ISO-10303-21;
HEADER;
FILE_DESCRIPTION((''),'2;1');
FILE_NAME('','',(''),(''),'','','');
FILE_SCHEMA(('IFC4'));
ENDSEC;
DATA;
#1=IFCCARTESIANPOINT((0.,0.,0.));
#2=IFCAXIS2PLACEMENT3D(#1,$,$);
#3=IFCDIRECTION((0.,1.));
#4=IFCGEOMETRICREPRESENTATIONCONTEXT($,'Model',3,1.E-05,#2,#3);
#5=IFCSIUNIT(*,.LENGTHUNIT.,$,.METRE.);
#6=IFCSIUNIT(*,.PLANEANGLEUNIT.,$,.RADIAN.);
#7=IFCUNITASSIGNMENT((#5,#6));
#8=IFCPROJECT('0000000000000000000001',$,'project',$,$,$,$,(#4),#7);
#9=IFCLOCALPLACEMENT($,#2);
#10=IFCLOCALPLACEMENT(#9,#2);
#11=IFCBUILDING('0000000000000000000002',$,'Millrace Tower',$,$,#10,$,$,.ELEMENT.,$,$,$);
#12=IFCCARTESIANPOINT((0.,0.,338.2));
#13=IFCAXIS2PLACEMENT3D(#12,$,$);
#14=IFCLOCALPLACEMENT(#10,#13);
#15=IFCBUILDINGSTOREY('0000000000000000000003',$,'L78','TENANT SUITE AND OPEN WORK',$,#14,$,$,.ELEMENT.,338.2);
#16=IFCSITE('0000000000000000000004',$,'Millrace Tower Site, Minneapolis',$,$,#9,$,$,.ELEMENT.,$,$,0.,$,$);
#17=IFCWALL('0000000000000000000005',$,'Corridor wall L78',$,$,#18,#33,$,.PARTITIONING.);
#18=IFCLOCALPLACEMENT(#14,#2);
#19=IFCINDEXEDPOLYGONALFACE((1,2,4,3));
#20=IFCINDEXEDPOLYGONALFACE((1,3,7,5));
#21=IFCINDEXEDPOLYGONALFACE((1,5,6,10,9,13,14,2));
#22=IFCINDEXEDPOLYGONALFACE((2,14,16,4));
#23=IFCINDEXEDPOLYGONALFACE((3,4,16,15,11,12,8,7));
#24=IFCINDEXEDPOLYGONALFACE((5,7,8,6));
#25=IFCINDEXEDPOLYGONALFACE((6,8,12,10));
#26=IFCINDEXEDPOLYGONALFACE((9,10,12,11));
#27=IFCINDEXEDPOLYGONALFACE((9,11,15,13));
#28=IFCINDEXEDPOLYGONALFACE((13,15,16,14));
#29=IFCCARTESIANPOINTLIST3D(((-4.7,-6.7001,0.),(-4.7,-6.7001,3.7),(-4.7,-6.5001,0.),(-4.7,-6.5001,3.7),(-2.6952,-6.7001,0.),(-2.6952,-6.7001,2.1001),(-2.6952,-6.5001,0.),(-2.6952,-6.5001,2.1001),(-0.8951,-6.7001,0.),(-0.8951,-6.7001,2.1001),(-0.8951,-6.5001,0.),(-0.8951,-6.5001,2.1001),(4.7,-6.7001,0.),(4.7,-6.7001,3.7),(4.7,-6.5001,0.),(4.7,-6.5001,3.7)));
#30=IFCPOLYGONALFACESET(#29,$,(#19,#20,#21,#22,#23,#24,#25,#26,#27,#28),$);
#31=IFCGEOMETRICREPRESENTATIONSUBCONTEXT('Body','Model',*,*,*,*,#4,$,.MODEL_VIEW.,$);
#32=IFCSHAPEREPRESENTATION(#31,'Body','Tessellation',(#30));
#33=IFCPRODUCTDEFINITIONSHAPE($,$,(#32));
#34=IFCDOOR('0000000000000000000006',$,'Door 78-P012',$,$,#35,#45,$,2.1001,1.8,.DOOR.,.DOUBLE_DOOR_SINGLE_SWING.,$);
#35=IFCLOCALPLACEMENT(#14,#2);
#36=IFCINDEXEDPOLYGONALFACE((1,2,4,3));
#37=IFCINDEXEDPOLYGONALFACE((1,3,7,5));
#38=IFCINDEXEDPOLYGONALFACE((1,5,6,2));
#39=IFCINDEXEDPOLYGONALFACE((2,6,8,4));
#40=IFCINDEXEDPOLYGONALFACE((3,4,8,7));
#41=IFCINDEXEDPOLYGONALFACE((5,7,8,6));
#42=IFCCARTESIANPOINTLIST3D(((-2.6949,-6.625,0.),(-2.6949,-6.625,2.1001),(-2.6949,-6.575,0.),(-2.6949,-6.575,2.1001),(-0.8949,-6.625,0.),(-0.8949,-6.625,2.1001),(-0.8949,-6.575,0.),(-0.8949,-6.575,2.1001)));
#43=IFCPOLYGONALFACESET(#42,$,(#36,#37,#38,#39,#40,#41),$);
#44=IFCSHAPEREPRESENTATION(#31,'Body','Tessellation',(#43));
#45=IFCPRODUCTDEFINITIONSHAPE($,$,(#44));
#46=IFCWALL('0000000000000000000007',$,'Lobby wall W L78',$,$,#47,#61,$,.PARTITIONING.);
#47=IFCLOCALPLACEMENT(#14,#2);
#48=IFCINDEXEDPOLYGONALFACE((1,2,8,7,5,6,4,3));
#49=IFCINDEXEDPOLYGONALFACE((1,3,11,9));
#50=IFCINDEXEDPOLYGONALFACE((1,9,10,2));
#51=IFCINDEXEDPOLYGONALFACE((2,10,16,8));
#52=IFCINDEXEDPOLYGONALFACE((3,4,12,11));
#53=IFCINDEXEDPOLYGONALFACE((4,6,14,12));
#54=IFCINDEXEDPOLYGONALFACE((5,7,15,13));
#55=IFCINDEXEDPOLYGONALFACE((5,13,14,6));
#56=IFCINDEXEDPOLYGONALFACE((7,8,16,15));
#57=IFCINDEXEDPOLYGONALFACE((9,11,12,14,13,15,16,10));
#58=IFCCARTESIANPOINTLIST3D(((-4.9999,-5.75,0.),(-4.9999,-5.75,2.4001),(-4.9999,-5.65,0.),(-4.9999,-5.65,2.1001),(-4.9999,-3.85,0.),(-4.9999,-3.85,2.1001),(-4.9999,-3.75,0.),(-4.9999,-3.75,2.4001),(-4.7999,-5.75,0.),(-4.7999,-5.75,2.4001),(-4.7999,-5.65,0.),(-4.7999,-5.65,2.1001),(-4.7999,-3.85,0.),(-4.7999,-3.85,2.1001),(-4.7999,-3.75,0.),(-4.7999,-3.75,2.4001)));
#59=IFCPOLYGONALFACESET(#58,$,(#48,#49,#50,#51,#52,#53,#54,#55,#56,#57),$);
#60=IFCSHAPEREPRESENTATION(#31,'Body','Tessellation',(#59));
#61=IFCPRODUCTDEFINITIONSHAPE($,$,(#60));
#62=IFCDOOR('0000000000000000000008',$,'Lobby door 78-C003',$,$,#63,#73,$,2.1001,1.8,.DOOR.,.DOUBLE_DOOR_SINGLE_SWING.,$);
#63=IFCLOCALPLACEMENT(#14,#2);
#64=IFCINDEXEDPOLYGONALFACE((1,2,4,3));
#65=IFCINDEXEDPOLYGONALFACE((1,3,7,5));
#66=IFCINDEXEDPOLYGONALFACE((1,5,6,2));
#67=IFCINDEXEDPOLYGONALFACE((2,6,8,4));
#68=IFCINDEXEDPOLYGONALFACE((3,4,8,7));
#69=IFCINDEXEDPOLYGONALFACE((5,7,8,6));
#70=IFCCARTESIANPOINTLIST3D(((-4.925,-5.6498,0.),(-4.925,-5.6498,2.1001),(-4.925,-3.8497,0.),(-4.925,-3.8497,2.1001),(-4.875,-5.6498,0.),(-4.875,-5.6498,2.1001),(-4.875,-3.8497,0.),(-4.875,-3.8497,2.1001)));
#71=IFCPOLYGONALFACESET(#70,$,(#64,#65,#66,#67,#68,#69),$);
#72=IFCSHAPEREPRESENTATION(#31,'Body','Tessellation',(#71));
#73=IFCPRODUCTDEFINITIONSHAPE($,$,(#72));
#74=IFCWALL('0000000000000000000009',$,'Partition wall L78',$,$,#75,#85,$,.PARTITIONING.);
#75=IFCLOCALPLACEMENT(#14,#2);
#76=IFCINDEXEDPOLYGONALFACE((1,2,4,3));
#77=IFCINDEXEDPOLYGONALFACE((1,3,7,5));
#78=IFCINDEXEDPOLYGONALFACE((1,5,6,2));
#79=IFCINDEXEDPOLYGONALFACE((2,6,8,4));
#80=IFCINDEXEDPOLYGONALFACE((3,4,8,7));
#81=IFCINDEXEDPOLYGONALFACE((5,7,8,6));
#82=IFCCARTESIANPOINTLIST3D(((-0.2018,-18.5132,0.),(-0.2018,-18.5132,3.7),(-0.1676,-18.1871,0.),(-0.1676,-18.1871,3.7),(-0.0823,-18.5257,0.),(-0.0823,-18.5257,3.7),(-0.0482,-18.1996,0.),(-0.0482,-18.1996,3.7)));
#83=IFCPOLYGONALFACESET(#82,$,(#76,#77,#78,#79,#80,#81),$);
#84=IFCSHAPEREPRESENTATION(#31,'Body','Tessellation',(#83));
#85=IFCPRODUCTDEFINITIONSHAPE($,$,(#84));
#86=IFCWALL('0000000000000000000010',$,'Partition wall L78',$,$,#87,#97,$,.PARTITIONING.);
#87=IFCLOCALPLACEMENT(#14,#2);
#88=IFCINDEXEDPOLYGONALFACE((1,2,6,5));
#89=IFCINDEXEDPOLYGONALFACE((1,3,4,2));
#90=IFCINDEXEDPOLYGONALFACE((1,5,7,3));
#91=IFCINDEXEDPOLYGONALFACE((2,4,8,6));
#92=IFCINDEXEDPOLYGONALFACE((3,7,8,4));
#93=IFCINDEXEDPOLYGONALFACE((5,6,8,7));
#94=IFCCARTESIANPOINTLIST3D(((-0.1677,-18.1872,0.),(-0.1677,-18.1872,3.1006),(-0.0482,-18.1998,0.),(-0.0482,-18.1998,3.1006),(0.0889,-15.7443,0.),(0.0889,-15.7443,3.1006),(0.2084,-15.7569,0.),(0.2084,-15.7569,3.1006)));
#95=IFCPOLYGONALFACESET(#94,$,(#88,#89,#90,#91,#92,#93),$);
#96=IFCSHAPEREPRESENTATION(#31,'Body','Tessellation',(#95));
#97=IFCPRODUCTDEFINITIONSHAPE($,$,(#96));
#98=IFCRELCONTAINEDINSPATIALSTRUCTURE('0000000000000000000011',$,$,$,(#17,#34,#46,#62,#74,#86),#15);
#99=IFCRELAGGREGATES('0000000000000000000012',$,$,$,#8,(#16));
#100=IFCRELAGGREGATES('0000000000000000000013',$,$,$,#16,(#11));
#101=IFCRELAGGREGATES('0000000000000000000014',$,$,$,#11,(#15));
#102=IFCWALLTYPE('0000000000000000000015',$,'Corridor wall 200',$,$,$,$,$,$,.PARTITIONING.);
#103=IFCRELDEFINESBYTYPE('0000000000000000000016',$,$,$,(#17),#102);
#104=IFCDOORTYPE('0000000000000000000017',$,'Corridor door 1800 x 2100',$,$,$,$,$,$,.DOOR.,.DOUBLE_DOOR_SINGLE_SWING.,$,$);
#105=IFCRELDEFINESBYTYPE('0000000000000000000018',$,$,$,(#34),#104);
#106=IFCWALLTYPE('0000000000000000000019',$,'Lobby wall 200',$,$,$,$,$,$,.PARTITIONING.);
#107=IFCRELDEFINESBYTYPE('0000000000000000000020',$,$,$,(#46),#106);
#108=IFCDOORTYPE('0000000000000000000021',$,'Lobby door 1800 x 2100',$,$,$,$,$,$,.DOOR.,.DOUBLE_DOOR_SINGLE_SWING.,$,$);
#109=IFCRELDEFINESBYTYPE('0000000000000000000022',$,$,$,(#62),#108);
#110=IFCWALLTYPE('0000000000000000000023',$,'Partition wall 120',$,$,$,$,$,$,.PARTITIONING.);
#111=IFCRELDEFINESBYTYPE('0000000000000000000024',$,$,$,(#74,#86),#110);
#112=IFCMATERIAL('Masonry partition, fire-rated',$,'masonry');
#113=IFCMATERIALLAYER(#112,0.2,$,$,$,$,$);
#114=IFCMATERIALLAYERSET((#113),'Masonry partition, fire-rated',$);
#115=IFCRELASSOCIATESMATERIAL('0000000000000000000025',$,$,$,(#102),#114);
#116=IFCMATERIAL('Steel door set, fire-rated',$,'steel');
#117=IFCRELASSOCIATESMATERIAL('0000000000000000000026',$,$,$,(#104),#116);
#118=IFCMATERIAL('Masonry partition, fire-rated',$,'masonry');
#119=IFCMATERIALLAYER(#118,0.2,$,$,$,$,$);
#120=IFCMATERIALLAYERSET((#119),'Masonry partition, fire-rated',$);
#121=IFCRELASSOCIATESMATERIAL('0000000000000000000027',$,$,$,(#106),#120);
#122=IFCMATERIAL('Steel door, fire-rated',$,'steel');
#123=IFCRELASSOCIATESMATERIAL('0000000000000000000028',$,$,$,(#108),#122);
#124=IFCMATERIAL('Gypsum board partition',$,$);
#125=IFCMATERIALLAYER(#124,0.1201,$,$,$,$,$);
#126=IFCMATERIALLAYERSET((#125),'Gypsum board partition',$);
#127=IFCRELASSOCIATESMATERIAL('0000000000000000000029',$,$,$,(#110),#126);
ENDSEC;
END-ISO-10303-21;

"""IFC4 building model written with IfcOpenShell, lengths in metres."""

from ifc_helpers import new_model, si_unit, direction, frame, frame_2d, origin, place, context, subcontext, project, spatial, rectangle, extrude, material, layer, layer_set, type_object, element, fill, save


model = new_model("IFC4")

# Units and contexts
model_context = context("Model", 3, precision=1e-05, world=origin(), true_north=direction((0.0, 1.0)))
body_context = subcontext(model_context, "Body", "Model", "MODEL_VIEW")
ifc_project = project(units=[si_unit("LENGTHUNIT", "METRE"), si_unit("PLANEANGLEUNIT", "RADIAN")], contexts=[model_context])

# Site, building, storey
site_placement = place(None, origin())
site = spatial("IfcSite", under=ifc_project, at=site_placement, Name="Millrace Tower Site, Minneapolis", CompositionType="ELEMENT", RefElevation=0.0)
building_placement = place(site_placement, origin())
building = spatial("IfcBuilding", under=site, at=building_placement, Name="Millrace Tower", CompositionType="ELEMENT")
storey_placement = place(building_placement, frame((0.0, 0.0, 338.2)))
storey = spatial("IfcBuildingStorey", under=building, at=storey_placement, Name="L78", Description="TENANT SUITE AND OPEN WORK", CompositionType="ELEMENT", Elevation=338.2)

# Walls, openings, doors
ifc_material_1 = material(Name="Masonry partition, fire-rated", Category="masonry")
ifc_layer_1 = layer(ifc_material_1, 0.2)
ifc_layer_set_1 = layer_set([ifc_layer_1], Name="Masonry partition, fire-rated")
wall_type_1 = type_object("IfcWallType", Name="Corridor wall 200", PredefinedType="PARTITIONING", material=ifc_layer_set_1)
wall_1_placement = place(storey_placement, frame((-4.7, -6.6001, 0.0), z_axis=(0.0, 0.0, 1.0), x_axis=(1.0, 0.0, 0.0)))
wall_1 = element("IfcWall", 1, at=wall_1_placement, inside=storey, type_object=wall_type_1, Name="Corridor wall L78", PredefinedType="PARTITIONING", context=body_context, shape_type="SweptSolid", body=[
    extrude(rectangle(XDim=9.3999, YDim=0.2, at=frame_2d((4.7, 0.0))), origin(), (0.0, 0.0, 1.0), 3.7),
])
opening_1_placement = place(wall_1_placement, frame((2.0049, 0.0, 0.0)))
opening_1 = element("IfcOpeningElement", 2, at=opening_1_placement, cuts=wall_1, PredefinedType="OPENING", context=body_context, shape_type="SweptSolid", body=[
    extrude(rectangle(XDim=1.8, YDim=2.1001, at=frame_2d((0.8999, 1.05))), frame((0.0, 0.1099, 0.0), z_axis=(0.0, -1.0, 0.0), x_axis=(1.0, 0.0, 0.0)), (0.0, 0.0, 1.0), 0.22),
])
ifc_material_2 = material(Name="Steel door set, fire-rated", Category="steel")
door_type_1 = type_object("IfcDoorType", Name="Corridor door 1800 x 2100", OperationType="DOUBLE_DOOR_SINGLE_SWING", PredefinedType="DOOR", material=ifc_material_2)
door_1_placement = place(opening_1_placement, frame((1.8, 0.0, 0.0), z_axis=(0.0, 0.0, 1.0), x_axis=(-1.0, 0.0, 0.0)))
door_1 = element("IfcDoor", 3, at=door_1_placement, inside=storey, type_object=door_type_1, Name="Door 78-P012", OperationType="DOUBLE_DOOR_SINGLE_SWING", OverallHeight=2.1001, OverallWidth=1.8, PredefinedType="DOOR", context=body_context, shape_type="SweptSolid", body=[
    extrude(rectangle(XDim=1.8, YDim=2.1001, at=frame_2d((0.8999, 1.05))), frame((0.0, 0.0249, 0.0), z_axis=(0.0, -1.0, 0.0), x_axis=(1.0, 0.0, 0.0)), (0.0, 0.0, 1.0), 0.05),
])
fill(opening_1, door_1)
ifc_material_3 = material(Name="Masonry partition, fire-rated", Category="masonry")
ifc_layer_2 = layer(ifc_material_3, 0.2)
ifc_layer_set_2 = layer_set([ifc_layer_2], Name="Masonry partition, fire-rated")
wall_type_2 = type_object("IfcWallType", Name="Lobby wall 200", PredefinedType="PARTITIONING", material=ifc_layer_set_2)
wall_2_placement = place(storey_placement, frame((-4.8999, -5.75, 0.0), z_axis=(0.0, 0.0, 1.0), x_axis=(0.0, 1.0, 0.0)))
wall_2 = element("IfcWall", 4, at=wall_2_placement, inside=storey, type_object=wall_type_2, Name="Lobby wall W L78", PredefinedType="PARTITIONING", context=body_context, shape_type="SweptSolid", body=[
    extrude(rectangle(XDim=2.0, YDim=0.2, at=frame_2d((1.0, 0.0))), origin(), (0.0, 0.0, 1.0), 2.4001),
])
opening_2_placement = place(wall_2_placement, frame((0.1001, 0.0, 0.0)))
opening_2 = element("IfcOpeningElement", 5, at=opening_2_placement, cuts=wall_2, PredefinedType="OPENING", context=body_context, shape_type="SweptSolid", body=[
    extrude(rectangle(XDim=1.8, YDim=2.1001, at=frame_2d((0.8999, 1.05))), frame((0.0, 0.1099, 0.0), z_axis=(0.0, -1.0, 0.0), x_axis=(1.0, 0.0, 0.0)), (0.0, 0.0, 1.0), 0.22),
])
ifc_material_4 = material(Name="Steel door, fire-rated", Category="steel")
door_type_2 = type_object("IfcDoorType", Name="Lobby door 1800 x 2100", OperationType="DOUBLE_DOOR_SINGLE_SWING", PredefinedType="DOOR", material=ifc_material_4)
door_2_placement = place(opening_2_placement, frame((1.8, 0.0, 0.0), z_axis=(0.0, 0.0, 1.0), x_axis=(-1.0, 0.0, 0.0)))
door_2 = element("IfcDoor", 6, at=door_2_placement, inside=storey, type_object=door_type_2, Name="Lobby door 78-C003", OperationType="DOUBLE_DOOR_SINGLE_SWING", OverallHeight=2.1001, OverallWidth=1.8, PredefinedType="DOOR", context=body_context, shape_type="SweptSolid", body=[
    extrude(rectangle(XDim=1.8, YDim=2.1001, at=frame_2d((0.8999, 1.05))), frame((0.0, 0.0249, 0.0), z_axis=(0.0, -1.0, 0.0), x_axis=(1.0, 0.0, 0.0)), (0.0, 0.0, 1.0), 0.05),
])
fill(opening_2, door_2)

# Walls
ifc_material_5 = material(Name="Gypsum board partition")
ifc_layer_3 = layer(ifc_material_5, 0.1201)
ifc_layer_set_3 = layer_set([ifc_layer_3], Name="Gypsum board partition")
wall_type_3 = type_object("IfcWallType", Name="Partition wall 120", PredefinedType="PARTITIONING", material=ifc_layer_set_3)
wall_3_placement = place(storey_placement, frame((-0.1421, -18.5195, 0.0), z_axis=(0.0, 0.0, 1.0), x_axis=(0.10422, 0.994554, 0.0)))
element("IfcWall", 7, at=wall_3_placement, inside=storey, type_object=wall_type_3, Name="Partition wall L78", PredefinedType="PARTITIONING", context=body_context, shape_type="SweptSolid", body=[
    extrude(rectangle(XDim=0.3279, YDim=0.1201, at=frame_2d((0.1641, 0.0))), origin(), (0.0, 0.0, 1.0), 3.7),
])
wall_4_placement = place(storey_placement, frame((-0.1079, -18.1934, 0.0), z_axis=(0.0, 0.0, 1.0), x_axis=(0.104462, 0.994529, 0.0)))
element("IfcWall", 8, at=wall_4_placement, inside=storey, type_object=wall_type_3, Name="Partition wall L78", PredefinedType="PARTITIONING", context=body_context, shape_type="SweptSolid", body=[
    extrude(rectangle(XDim=2.4563, YDim=0.1201, at=frame_2d((1.228, 0.0))), origin(), (0.0, 0.0, 1.0), 3.1006),
])

save(model, "model.ifc")
